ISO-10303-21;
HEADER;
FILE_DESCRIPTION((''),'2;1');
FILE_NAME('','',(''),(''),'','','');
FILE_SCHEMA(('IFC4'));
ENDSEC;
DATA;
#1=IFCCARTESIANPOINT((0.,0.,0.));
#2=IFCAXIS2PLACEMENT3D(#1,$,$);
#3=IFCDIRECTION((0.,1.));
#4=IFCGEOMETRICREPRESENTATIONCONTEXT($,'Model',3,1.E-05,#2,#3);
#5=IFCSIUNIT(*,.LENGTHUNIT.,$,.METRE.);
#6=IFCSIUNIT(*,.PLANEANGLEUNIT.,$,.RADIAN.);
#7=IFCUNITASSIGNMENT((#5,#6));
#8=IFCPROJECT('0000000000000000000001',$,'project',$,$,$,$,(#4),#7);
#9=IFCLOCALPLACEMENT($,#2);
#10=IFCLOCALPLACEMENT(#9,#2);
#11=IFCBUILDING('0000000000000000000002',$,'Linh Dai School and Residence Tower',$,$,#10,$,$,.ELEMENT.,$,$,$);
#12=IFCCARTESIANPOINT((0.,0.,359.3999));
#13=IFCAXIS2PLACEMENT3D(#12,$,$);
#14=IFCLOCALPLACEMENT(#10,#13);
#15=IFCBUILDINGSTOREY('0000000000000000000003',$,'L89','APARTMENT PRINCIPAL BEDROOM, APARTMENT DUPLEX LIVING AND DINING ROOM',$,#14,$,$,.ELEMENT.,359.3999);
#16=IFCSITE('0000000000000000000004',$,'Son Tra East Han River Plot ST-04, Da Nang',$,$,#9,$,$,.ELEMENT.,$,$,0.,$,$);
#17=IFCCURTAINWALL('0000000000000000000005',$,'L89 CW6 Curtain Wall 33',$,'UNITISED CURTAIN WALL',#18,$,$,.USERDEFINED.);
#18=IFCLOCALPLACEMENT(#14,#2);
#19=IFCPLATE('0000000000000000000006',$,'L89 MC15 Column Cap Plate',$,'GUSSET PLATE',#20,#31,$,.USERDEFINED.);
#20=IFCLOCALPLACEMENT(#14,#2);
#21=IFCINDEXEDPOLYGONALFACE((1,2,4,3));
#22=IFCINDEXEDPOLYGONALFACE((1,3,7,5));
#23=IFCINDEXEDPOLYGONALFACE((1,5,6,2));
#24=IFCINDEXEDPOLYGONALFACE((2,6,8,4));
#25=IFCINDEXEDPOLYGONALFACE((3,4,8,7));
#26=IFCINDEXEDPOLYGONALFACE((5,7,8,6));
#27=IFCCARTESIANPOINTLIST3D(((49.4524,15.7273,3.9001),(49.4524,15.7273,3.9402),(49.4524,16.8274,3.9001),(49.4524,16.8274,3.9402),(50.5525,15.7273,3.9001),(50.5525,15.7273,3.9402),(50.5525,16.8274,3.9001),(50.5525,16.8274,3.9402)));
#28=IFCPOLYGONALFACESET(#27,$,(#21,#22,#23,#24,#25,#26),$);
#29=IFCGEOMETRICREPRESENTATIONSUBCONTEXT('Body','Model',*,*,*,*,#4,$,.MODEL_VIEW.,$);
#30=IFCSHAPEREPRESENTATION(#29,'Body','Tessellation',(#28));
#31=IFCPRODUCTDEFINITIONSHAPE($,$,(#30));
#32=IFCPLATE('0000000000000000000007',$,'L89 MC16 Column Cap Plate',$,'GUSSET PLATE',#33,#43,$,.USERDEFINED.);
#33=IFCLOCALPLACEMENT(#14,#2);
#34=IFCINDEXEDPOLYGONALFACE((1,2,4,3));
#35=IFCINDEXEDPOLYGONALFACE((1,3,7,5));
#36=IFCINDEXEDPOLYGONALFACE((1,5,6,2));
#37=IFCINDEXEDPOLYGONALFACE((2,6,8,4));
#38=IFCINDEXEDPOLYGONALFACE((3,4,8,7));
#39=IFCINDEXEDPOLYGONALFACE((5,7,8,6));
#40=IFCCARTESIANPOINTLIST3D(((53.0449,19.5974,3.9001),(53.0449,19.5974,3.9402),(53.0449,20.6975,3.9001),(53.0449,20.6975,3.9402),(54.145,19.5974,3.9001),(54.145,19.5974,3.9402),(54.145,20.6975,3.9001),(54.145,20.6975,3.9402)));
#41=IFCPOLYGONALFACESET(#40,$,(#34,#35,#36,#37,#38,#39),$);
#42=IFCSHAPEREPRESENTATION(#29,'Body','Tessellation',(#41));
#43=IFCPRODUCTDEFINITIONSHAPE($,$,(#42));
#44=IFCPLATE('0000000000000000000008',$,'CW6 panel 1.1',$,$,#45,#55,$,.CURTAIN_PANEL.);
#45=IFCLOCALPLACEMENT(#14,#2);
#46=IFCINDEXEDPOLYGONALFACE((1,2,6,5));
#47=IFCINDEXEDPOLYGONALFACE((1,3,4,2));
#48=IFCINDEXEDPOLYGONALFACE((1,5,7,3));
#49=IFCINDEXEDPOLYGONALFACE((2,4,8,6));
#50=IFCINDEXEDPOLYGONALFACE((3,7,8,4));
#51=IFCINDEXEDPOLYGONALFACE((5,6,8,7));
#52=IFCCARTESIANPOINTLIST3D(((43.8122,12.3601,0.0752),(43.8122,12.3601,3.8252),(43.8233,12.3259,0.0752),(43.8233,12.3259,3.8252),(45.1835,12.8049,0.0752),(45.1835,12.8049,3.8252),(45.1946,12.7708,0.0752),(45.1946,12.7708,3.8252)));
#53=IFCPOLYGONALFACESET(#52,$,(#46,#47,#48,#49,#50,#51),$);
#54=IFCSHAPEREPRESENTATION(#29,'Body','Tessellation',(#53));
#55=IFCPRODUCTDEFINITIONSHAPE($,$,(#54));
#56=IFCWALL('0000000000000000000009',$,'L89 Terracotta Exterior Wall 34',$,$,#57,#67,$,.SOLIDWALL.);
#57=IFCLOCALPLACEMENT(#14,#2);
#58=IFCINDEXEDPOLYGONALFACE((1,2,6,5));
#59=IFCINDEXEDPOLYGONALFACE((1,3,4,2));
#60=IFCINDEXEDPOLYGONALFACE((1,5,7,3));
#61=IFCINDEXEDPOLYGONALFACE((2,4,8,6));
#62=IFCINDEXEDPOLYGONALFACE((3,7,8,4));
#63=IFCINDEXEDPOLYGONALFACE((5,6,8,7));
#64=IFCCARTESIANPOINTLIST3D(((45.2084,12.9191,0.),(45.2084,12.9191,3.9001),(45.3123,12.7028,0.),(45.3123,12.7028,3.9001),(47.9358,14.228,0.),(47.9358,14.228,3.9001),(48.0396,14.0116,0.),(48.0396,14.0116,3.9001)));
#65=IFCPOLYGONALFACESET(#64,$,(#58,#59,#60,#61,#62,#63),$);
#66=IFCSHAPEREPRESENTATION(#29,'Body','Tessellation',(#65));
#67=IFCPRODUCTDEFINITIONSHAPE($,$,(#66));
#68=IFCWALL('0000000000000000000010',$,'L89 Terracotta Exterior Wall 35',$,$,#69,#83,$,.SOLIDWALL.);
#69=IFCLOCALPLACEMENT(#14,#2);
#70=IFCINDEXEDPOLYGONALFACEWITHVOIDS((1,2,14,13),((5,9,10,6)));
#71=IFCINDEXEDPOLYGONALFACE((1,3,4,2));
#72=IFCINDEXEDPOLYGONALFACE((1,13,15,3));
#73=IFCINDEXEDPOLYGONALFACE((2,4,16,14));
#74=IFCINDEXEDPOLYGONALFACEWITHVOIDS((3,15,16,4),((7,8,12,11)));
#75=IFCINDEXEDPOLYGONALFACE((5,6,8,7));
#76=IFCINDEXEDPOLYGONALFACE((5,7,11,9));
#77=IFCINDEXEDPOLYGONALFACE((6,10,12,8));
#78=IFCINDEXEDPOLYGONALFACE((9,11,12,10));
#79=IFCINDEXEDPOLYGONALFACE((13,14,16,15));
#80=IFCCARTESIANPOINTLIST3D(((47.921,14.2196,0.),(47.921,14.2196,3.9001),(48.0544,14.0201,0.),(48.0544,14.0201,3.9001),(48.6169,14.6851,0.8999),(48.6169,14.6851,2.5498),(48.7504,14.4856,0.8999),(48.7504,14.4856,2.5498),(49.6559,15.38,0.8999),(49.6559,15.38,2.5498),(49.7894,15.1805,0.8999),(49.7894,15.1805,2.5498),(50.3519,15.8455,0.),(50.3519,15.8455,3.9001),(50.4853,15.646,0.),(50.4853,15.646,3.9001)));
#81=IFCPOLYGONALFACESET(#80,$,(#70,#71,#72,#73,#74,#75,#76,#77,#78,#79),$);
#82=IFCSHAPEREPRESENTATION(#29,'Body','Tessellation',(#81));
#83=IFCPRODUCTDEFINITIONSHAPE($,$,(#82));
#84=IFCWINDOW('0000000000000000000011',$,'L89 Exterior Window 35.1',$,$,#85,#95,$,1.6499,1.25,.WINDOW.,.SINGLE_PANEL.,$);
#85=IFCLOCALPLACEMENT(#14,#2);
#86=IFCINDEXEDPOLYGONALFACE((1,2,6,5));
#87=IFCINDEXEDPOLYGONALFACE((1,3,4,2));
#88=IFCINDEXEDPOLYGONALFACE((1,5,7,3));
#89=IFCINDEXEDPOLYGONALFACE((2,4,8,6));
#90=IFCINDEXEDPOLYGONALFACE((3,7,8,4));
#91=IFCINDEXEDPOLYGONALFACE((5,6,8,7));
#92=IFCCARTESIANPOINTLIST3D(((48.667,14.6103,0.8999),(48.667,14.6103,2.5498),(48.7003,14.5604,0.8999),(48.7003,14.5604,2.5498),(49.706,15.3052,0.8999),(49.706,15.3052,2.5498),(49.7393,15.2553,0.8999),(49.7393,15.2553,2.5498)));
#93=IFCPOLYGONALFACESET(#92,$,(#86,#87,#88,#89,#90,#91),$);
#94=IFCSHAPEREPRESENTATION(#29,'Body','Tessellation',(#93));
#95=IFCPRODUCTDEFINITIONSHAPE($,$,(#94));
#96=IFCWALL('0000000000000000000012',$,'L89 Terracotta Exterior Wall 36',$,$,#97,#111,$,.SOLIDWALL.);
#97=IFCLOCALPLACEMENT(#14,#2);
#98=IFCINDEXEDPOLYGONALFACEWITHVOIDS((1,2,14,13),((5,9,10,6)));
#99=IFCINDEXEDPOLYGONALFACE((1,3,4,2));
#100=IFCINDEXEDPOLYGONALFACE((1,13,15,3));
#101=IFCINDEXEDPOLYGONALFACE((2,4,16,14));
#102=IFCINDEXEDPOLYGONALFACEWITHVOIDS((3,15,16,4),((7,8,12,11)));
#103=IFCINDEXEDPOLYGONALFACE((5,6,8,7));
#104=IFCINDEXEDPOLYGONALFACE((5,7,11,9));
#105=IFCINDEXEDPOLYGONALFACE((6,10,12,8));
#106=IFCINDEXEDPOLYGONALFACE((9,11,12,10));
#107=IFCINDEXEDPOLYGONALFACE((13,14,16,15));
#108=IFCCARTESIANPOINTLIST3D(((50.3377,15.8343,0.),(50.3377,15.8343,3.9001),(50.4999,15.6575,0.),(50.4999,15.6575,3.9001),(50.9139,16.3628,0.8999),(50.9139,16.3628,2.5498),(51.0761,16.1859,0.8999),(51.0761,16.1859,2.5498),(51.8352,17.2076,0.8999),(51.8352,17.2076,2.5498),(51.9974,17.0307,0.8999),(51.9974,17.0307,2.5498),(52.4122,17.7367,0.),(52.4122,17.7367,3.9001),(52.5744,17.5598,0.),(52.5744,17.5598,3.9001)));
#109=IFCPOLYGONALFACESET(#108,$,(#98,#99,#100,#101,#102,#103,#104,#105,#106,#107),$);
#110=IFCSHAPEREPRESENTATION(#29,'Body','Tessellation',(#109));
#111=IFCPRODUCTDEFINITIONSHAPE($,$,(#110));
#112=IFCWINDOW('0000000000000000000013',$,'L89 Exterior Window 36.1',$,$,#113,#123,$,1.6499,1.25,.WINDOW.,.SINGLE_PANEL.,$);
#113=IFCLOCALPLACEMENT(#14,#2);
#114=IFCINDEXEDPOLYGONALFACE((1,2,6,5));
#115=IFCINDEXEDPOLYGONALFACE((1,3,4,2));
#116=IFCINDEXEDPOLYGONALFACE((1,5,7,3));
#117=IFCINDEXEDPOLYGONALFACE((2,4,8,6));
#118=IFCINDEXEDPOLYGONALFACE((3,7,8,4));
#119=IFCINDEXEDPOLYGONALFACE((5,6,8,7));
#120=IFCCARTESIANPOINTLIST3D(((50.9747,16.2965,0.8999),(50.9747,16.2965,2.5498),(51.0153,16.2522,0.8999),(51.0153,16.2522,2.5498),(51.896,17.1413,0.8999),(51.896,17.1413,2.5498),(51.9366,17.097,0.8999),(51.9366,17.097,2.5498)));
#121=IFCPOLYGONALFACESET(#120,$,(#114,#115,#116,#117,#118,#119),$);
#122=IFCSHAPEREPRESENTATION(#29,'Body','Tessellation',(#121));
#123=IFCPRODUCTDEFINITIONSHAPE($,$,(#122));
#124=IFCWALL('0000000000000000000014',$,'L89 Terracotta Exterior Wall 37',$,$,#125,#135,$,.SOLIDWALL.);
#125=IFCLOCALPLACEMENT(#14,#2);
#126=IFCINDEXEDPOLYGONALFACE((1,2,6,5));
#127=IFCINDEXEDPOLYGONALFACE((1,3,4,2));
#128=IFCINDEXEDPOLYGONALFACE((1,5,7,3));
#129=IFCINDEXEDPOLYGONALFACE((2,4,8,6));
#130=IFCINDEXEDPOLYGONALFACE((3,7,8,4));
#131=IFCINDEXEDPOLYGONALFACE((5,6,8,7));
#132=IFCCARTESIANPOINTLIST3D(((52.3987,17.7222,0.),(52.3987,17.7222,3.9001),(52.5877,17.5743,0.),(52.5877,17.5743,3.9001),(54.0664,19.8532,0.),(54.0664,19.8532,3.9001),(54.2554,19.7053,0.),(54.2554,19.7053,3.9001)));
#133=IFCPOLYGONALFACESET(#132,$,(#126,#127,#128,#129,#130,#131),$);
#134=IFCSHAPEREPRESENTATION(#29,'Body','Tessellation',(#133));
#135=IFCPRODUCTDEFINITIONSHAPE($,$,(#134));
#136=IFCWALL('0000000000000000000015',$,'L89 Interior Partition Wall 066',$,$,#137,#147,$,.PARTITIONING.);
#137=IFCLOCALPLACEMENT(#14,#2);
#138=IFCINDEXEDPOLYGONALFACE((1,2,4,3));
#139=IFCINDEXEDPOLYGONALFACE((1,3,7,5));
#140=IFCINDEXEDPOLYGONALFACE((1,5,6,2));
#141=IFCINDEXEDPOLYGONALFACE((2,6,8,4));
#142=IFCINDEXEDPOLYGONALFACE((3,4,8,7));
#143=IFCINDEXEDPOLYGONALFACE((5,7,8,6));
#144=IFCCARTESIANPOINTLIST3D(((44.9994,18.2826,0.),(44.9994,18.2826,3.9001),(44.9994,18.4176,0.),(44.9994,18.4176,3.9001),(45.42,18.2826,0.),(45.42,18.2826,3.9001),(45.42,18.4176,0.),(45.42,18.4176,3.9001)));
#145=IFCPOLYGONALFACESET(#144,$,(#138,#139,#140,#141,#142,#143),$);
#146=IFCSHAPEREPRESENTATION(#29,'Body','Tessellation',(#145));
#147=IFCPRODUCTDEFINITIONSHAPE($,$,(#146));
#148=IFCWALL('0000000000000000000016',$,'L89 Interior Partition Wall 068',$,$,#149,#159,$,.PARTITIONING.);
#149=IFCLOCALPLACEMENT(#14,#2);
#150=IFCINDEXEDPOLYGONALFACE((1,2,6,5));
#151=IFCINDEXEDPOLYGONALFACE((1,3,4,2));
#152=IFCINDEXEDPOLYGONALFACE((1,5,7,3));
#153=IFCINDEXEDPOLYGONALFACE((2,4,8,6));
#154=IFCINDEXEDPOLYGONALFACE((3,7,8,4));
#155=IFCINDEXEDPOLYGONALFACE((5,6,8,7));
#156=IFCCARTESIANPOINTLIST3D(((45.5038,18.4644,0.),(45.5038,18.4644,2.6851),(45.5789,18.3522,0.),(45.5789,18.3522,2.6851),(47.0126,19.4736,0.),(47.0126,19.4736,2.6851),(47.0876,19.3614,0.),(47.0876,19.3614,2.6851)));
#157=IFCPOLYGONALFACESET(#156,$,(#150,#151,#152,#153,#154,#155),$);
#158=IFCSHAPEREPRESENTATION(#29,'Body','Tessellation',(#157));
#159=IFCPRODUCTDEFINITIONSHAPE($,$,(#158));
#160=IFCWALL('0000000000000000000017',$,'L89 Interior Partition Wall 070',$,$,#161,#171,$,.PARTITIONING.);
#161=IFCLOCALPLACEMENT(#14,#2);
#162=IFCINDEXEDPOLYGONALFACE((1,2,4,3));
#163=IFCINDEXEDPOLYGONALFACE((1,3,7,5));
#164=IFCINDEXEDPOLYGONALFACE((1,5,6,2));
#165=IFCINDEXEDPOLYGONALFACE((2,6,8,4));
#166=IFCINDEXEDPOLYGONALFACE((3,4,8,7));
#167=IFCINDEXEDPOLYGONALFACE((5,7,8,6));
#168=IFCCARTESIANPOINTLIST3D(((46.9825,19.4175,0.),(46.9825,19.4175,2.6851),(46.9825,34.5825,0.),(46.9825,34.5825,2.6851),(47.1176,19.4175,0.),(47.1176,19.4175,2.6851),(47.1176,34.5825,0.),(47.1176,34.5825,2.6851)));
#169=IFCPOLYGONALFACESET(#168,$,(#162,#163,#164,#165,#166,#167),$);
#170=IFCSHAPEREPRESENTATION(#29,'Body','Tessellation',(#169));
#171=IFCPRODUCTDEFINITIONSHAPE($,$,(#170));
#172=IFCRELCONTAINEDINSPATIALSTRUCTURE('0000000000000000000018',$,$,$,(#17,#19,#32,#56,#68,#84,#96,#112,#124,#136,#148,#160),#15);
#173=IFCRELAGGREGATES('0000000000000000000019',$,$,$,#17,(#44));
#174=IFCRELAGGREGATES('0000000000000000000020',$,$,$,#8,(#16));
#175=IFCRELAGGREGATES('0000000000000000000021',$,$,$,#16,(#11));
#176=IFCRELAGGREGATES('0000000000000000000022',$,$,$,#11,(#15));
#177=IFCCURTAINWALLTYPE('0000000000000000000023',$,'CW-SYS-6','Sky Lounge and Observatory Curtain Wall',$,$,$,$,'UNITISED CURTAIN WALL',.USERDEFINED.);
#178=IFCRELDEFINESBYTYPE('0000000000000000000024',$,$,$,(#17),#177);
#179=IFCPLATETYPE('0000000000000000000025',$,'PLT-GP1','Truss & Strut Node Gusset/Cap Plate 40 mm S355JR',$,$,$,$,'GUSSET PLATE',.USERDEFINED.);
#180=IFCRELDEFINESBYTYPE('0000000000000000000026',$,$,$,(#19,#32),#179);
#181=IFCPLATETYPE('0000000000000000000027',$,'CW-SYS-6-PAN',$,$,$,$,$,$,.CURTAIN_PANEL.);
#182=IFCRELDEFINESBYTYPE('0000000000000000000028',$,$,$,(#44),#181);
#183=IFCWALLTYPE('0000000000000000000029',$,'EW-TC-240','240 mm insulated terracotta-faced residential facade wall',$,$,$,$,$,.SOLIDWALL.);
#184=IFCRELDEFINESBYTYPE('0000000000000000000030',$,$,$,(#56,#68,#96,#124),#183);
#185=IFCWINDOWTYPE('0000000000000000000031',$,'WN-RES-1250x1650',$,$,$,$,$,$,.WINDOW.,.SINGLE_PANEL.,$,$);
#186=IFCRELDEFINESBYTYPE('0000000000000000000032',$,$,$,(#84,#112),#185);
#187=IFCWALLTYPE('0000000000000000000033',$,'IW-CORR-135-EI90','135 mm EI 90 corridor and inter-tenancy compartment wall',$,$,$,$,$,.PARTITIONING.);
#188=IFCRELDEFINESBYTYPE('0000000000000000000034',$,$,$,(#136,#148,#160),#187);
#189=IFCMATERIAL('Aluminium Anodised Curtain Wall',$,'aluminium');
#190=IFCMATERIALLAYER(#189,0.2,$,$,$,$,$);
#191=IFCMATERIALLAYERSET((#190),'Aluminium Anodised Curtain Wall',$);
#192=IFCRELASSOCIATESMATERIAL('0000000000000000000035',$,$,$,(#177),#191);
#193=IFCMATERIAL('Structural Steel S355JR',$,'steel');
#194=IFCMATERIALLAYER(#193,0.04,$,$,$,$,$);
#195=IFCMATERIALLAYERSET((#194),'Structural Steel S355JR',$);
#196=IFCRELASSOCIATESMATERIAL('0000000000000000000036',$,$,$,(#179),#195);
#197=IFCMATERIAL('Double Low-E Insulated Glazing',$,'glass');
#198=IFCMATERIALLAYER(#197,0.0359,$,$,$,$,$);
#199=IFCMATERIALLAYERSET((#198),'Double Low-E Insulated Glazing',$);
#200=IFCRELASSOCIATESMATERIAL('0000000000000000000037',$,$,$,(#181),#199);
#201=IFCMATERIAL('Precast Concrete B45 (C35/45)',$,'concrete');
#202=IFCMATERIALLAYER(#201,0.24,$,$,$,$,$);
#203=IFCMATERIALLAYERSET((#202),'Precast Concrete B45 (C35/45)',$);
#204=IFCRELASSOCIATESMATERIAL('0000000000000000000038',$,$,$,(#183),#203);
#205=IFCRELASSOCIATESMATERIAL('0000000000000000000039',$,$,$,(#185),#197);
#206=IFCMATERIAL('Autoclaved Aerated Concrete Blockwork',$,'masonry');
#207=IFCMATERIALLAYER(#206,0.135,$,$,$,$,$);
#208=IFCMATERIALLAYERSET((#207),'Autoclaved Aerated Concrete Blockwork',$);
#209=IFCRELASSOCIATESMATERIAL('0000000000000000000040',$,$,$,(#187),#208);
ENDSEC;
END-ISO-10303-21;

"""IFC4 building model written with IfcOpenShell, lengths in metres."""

from ifc_helpers import new_model, si_unit, direction, frame, frame_2d, origin, origin_2d, place, context, subcontext, project, spatial, rectangle, extrude, source, transform, mapped, material, layer, layer_set, type_object, element, fill, aggregate, save


model = new_model("IFC4")

# Units and contexts
model_context = context("Model", 3, precision=1e-05, world=origin(), true_north=direction((0.0, 1.0)))
body_context = subcontext(model_context, "Body", "Model", "MODEL_VIEW")
ifc_project = project(units=[si_unit("LENGTHUNIT", "METRE"), si_unit("PLANEANGLEUNIT", "RADIAN")], contexts=[model_context])

# Site, building, storey
site_placement = place(None, origin())
site = spatial("IfcSite", under=ifc_project, at=site_placement, Name="Son Tra East Han River Plot ST-04, Da Nang", CompositionType="ELEMENT", RefElevation=0.0)
building_placement = place(site_placement, origin())
building = spatial("IfcBuilding", under=site, at=building_placement, Name="Linh Dai School and Residence Tower", CompositionType="ELEMENT")
storey_placement = place(building_placement, frame((0.0, 0.0, 359.3999)))
storey = spatial("IfcBuildingStorey", under=building, at=storey_placement, Name="L89", Description="APARTMENT PRINCIPAL BEDROOM, APARTMENT DUPLEX LIVING AND DINING ROOM", CompositionType="ELEMENT", Elevation=359.3999)

# Shared definitions
ifc_material_1 = material(Name="Structural Steel S355JR", Category="steel")

# Curtain wall
ifc_material_2 = material(Name="Aluminium Anodised Curtain Wall", Category="aluminium")
ifc_layer_1 = layer(ifc_material_2, 0.2)
ifc_layer_set_1 = layer_set([ifc_layer_1], Name="Aluminium Anodised Curtain Wall")
curtain_wall_type = type_object("IfcCurtainWallType", Name="CW-SYS-6", Description="Sky Lounge and Observatory Curtain Wall", ElementType="UNITISED CURTAIN WALL", PredefinedType="USERDEFINED", material=ifc_layer_set_1)
curtain_wall_placement = place(storey_placement, origin())
curtain_wall = element("IfcCurtainWall", 1, at=curtain_wall_placement, inside=storey, type_object=curtain_wall_type, Name="L89 CW6 Curtain Wall 33", ObjectType="UNITISED CURTAIN WALL", PredefinedType="USERDEFINED")

# Plates
ifc_layer_2 = layer(ifc_material_1, 0.04)
ifc_layer_set_2 = layer_set([ifc_layer_2], Name="Structural Steel S355JR")
plate_type_1 = type_object("IfcPlateType", Name="PLT-GP1", Description="Truss & Strut Node Gusset/Cap Plate 40 mm S355JR", ElementType="GUSSET PLATE", PredefinedType="USERDEFINED", material=ifc_layer_set_2)
shared_shape_1 = source(origin(), body_context, "Body", "SweptSolid", [
    extrude(rectangle(XDim=1.1001, YDim=1.1001, at=origin_2d()), origin(), (0.0, 0.0, 1.0), 0.04),
])
for number, where, z_axis, x_axis, name in (
    (2, (50.0024, 16.2773, 3.9001), (0.0, 0.0, 1.0), (1.0, 0.0, 0.0), "L89 MC15 Column Cap Plate"),
    (3, (53.595, 20.1475, 3.9001), (0.0, 0.0, 1.0), (1.0, 0.0, 0.0), "L89 MC16 Column Cap Plate"),
):
    element("IfcPlate", number, at=place(storey_placement, frame(where, z_axis=z_axis, x_axis=x_axis)), inside=storey, type_object=plate_type_1, Name=name, ObjectType="GUSSET PLATE", PredefinedType="USERDEFINED", context=body_context, shape_type="MappedRepresentation", body=[
        mapped(shared_shape_1, transform((0.0, 0.0, 0.0), x_axis=(1.0, 0.0, 0.0), y_axis=(0.0, 1.0, 0.0), z_axis=(0.0, 0.0, 1.0), scale=1.0)),
    ])

# Plate
ifc_material_3 = material(Name="Double Low-E Insulated Glazing", Category="glass")
ifc_layer_3 = layer(ifc_material_3, 0.0359)
ifc_layer_set_3 = layer_set([ifc_layer_3], Name="Double Low-E Insulated Glazing")
plate_type_2 = type_object("IfcPlateType", Name="CW-SYS-6-PAN", PredefinedType="CURTAIN_PANEL", material=ifc_layer_set_3)
shared_shape_2 = source(origin(), body_context, "Body", "SweptSolid", [
    extrude(rectangle(XDim=1.4417, YDim=0.0359, at=origin_2d()), origin(), (0.0, 0.0, 1.0), 3.75),
])
plate_placement = place(storey_placement, frame((44.5034, 12.5654, 0.0752), z_axis=(0.0, 0.0, 1.0), x_axis=(-0.951203, -0.308565, 0.0)))
plate = element("IfcPlate", 4, at=plate_placement, type_object=plate_type_2, Name="CW6 panel 1.1", PredefinedType="CURTAIN_PANEL", context=body_context, shape_type="MappedRepresentation", body=[
    mapped(shared_shape_2, transform((0.0, 0.0, 0.0), x_axis=(1.0, 0.0, 0.0), y_axis=(0.0, 1.0, 0.0), z_axis=(0.0, 0.0, 1.0), scale=1.0)),
])
aggregate(curtain_wall, [plate])

# Wall
ifc_material_4 = material(Name="Precast Concrete B45 (C35/45)", Category="concrete")
ifc_layer_4 = layer(ifc_material_4, 0.24)
ifc_layer_set_4 = layer_set([ifc_layer_4], Name="Precast Concrete B45 (C35/45)")
wall_type_1 = type_object("IfcWallType", Name="EW-TC-240", Description="240 mm insulated terracotta-faced residential facade wall", PredefinedType="SOLIDWALL", material=ifc_layer_set_4)
wall_1_placement = place(storey_placement, frame((47.9878, 14.1199, 0.0), z_axis=(0.0, 0.0, 1.0), x_axis=(-0.901557, -0.43266, 0.0)))
element("IfcWall", 5, at=wall_1_placement, inside=storey, type_object=wall_type_1, Name="L89 Terracotta Exterior Wall 34", PredefinedType="SOLIDWALL", context=body_context, shape_type="SweptSolid", body=[
    extrude(rectangle(XDim=3.0251, YDim=0.24, at=frame_2d((1.5127, 0.0))), origin(), (0.0, 0.0, 1.0), 3.9001),
])

# Walls, openings, windows
wall_2_placement = place(storey_placement, frame((50.4187, 15.7458, 0.0), z_axis=(0.0, 0.0, 1.0), x_axis=(-0.831202, -0.555971, 0.0)))
wall_2 = element("IfcWall", 6, at=wall_2_placement, inside=storey, type_object=wall_type_1, Name="L89 Terracotta Exterior Wall 35", PredefinedType="SOLIDWALL", context=body_context, shape_type="SweptSolid", body=[
    extrude(rectangle(XDim=2.9246, YDim=0.24, at=frame_2d((1.4624, 0.0))), origin(), (0.0, 0.0, 1.0), 3.9001),
])
opening_1_placement = place(wall_2_placement, frame((0.8374, 0.0, 0.8999)))
opening_1 = element("IfcOpeningElement", 7, at=opening_1_placement, cuts=wall_2, PredefinedType="OPENING", context=body_context, shape_type="SweptSolid", body=[
    extrude(rectangle(XDim=1.25, YDim=1.6499, at=origin_2d()), frame((0.625, 0.1299, 0.825), z_axis=(0.0, -1.0, 0.0), x_axis=(1.0, 0.0, 0.0)), (0.0, 0.0, 1.0), 0.26),
])
window_type = type_object("IfcWindowType", Name="WN-RES-1250x1650", PartitioningType="SINGLE_PANEL", PredefinedType="WINDOW", material=ifc_material_3)
shared_shape_3 = source(origin(), body_context, "Body", "SweptSolid", [
    extrude(rectangle(XDim=1.25, YDim=1.6499, at=origin_2d()), frame((0.625, 0.03, 0.825), z_axis=(0.0, -1.0, 0.0), x_axis=(1.0, 0.0, 0.0)), (0.0, 0.0, 1.0), 0.0601),
])
window_1_placement = place(opening_1_placement, origin())
window_1 = element("IfcWindow", 8, at=window_1_placement, inside=storey, type_object=window_type, Name="L89 Exterior Window 35.1", OverallHeight=1.6499, OverallWidth=1.25, PartitioningType="SINGLE_PANEL", PredefinedType="WINDOW", context=body_context, shape_type="MappedRepresentation", body=[
    mapped(shared_shape_3, transform((0.0, 0.0, 0.0), x_axis=(1.0, 0.0, 0.0), y_axis=(0.0, 1.0, 0.0), z_axis=(0.0, 0.0, 1.0), scale=1.0)),
])
fill(opening_1, window_1)
wall_3_placement = place(storey_placement, frame((52.4932, 17.6482, 0.0), z_axis=(0.0, 0.0, 1.0), x_axis=(-0.737021, -0.67587, 0.0)))
wall_3 = element("IfcWall", 9, at=wall_3_placement, inside=storey, type_object=wall_type_1, Name="L89 Terracotta Exterior Wall 36", PredefinedType="SOLIDWALL", context=body_context, shape_type="SweptSolid", body=[
    extrude(rectangle(XDim=2.8147, YDim=0.24, at=frame_2d((1.4072, 0.0))), origin(), (0.0, 0.0, 1.0), 3.9001),
])
opening_2_placement = place(wall_3_placement, frame((0.7827, 0.0, 0.8999)))
opening_2 = element("IfcOpeningElement", 10, at=opening_2_placement, cuts=wall_3, PredefinedType="OPENING", context=body_context, shape_type="SweptSolid", body=[
    extrude(rectangle(XDim=1.25, YDim=1.6499, at=origin_2d()), frame((0.625, 0.1299, 0.825), z_axis=(0.0, -1.0, 0.0), x_axis=(1.0, 0.0, 0.0)), (0.0, 0.0, 1.0), 0.26),
])
window_2_placement = place(opening_2_placement, origin())
window_2 = element("IfcWindow", 11, at=window_2_placement, inside=storey, type_object=window_type, Name="L89 Exterior Window 36.1", OverallHeight=1.6499, OverallWidth=1.25, PartitioningType="SINGLE_PANEL", PredefinedType="WINDOW", context=body_context, shape_type="MappedRepresentation", body=[
    mapped(shared_shape_3, transform((0.0, 0.0, 0.0), x_axis=(1.0, 0.0, 0.0), y_axis=(0.0, 1.0, 0.0), z_axis=(0.0, 0.0, 1.0), scale=1.0)),
])
fill(opening_2, window_2)

# Walls
wall_4_placement = place(storey_placement, frame((54.1609, 19.7793, 0.0), z_axis=(0.0, 0.0, 1.0), x_axis=(-0.616286, -0.787522, 0.0)))
element("IfcWall", 12, at=wall_4_placement, inside=storey, type_object=wall_type_1, Name="L89 Terracotta Exterior Wall 37", PredefinedType="SOLIDWALL", context=body_context, shape_type="SweptSolid", body=[
    extrude(rectangle(XDim=2.7061, YDim=0.24, at=frame_2d((1.353, 0.0))), origin(), (0.0, 0.0, 1.0), 3.9001),
])
ifc_material_5 = material(Name="Autoclaved Aerated Concrete Blockwork", Category="masonry")
ifc_layer_5 = layer(ifc_material_5, 0.135)
ifc_layer_set_5 = layer_set([ifc_layer_5], Name="Autoclaved Aerated Concrete Blockwork")
wall_type_2 = type_object("IfcWallType", Name="IW-CORR-135-EI90", Description="135 mm EI 90 corridor and inter-tenancy compartment wall", PredefinedType="PARTITIONING", material=ifc_layer_set_5)
wall_5_placement = place(storey_placement, frame((44.9993, 18.3501, 0.0), z_axis=(0.0, 0.0, 1.0), x_axis=(1.0, 0.0, 0.0)))
element("IfcWall", 13, at=wall_5_placement, inside=storey, type_object=wall_type_2, Name="L89 Interior Partition Wall 066", PredefinedType="PARTITIONING", context=body_context, shape_type="SweptSolid", body=[
    extrude(rectangle(XDim=0.4207, YDim=0.135, at=frame_2d((0.2104, 0.0))), origin(), (0.0, 0.0, 1.0), 3.9001),
])
wall_6_placement = place(storey_placement, frame((45.5413, 18.4082, 0.0), z_axis=(0.0, 0.0, 1.0), x_axis=(0.83118, 0.556003, 0.0)))
element("IfcWall", 14, at=wall_6_placement, inside=storey, type_object=wall_type_2, Name="L89 Interior Partition Wall 068", PredefinedType="PARTITIONING", context=body_context, shape_type="SweptSolid", body=[
    extrude(rectangle(XDim=1.8152, YDim=0.135, at=frame_2d((0.9077, 0.0))), origin(), (0.0, 0.0, 1.0), 2.6851),
])
wall_7_placement = place(storey_placement, frame((47.05, 19.4175, 0.0), z_axis=(0.0, 0.0, 1.0), x_axis=(0.0, 1.0, 0.0)))
element("IfcWall", 15, at=wall_7_placement, inside=storey, type_object=wall_type_2, Name="L89 Interior Partition Wall 070", PredefinedType="PARTITIONING", context=body_context, shape_type="SweptSolid", body=[
    extrude(rectangle(XDim=15.165, YDim=0.135, at=frame_2d((7.5825, 0.0))), origin(), (0.0, 0.0, 1.0), 2.6851),
])

save(model, "model.ifc")
